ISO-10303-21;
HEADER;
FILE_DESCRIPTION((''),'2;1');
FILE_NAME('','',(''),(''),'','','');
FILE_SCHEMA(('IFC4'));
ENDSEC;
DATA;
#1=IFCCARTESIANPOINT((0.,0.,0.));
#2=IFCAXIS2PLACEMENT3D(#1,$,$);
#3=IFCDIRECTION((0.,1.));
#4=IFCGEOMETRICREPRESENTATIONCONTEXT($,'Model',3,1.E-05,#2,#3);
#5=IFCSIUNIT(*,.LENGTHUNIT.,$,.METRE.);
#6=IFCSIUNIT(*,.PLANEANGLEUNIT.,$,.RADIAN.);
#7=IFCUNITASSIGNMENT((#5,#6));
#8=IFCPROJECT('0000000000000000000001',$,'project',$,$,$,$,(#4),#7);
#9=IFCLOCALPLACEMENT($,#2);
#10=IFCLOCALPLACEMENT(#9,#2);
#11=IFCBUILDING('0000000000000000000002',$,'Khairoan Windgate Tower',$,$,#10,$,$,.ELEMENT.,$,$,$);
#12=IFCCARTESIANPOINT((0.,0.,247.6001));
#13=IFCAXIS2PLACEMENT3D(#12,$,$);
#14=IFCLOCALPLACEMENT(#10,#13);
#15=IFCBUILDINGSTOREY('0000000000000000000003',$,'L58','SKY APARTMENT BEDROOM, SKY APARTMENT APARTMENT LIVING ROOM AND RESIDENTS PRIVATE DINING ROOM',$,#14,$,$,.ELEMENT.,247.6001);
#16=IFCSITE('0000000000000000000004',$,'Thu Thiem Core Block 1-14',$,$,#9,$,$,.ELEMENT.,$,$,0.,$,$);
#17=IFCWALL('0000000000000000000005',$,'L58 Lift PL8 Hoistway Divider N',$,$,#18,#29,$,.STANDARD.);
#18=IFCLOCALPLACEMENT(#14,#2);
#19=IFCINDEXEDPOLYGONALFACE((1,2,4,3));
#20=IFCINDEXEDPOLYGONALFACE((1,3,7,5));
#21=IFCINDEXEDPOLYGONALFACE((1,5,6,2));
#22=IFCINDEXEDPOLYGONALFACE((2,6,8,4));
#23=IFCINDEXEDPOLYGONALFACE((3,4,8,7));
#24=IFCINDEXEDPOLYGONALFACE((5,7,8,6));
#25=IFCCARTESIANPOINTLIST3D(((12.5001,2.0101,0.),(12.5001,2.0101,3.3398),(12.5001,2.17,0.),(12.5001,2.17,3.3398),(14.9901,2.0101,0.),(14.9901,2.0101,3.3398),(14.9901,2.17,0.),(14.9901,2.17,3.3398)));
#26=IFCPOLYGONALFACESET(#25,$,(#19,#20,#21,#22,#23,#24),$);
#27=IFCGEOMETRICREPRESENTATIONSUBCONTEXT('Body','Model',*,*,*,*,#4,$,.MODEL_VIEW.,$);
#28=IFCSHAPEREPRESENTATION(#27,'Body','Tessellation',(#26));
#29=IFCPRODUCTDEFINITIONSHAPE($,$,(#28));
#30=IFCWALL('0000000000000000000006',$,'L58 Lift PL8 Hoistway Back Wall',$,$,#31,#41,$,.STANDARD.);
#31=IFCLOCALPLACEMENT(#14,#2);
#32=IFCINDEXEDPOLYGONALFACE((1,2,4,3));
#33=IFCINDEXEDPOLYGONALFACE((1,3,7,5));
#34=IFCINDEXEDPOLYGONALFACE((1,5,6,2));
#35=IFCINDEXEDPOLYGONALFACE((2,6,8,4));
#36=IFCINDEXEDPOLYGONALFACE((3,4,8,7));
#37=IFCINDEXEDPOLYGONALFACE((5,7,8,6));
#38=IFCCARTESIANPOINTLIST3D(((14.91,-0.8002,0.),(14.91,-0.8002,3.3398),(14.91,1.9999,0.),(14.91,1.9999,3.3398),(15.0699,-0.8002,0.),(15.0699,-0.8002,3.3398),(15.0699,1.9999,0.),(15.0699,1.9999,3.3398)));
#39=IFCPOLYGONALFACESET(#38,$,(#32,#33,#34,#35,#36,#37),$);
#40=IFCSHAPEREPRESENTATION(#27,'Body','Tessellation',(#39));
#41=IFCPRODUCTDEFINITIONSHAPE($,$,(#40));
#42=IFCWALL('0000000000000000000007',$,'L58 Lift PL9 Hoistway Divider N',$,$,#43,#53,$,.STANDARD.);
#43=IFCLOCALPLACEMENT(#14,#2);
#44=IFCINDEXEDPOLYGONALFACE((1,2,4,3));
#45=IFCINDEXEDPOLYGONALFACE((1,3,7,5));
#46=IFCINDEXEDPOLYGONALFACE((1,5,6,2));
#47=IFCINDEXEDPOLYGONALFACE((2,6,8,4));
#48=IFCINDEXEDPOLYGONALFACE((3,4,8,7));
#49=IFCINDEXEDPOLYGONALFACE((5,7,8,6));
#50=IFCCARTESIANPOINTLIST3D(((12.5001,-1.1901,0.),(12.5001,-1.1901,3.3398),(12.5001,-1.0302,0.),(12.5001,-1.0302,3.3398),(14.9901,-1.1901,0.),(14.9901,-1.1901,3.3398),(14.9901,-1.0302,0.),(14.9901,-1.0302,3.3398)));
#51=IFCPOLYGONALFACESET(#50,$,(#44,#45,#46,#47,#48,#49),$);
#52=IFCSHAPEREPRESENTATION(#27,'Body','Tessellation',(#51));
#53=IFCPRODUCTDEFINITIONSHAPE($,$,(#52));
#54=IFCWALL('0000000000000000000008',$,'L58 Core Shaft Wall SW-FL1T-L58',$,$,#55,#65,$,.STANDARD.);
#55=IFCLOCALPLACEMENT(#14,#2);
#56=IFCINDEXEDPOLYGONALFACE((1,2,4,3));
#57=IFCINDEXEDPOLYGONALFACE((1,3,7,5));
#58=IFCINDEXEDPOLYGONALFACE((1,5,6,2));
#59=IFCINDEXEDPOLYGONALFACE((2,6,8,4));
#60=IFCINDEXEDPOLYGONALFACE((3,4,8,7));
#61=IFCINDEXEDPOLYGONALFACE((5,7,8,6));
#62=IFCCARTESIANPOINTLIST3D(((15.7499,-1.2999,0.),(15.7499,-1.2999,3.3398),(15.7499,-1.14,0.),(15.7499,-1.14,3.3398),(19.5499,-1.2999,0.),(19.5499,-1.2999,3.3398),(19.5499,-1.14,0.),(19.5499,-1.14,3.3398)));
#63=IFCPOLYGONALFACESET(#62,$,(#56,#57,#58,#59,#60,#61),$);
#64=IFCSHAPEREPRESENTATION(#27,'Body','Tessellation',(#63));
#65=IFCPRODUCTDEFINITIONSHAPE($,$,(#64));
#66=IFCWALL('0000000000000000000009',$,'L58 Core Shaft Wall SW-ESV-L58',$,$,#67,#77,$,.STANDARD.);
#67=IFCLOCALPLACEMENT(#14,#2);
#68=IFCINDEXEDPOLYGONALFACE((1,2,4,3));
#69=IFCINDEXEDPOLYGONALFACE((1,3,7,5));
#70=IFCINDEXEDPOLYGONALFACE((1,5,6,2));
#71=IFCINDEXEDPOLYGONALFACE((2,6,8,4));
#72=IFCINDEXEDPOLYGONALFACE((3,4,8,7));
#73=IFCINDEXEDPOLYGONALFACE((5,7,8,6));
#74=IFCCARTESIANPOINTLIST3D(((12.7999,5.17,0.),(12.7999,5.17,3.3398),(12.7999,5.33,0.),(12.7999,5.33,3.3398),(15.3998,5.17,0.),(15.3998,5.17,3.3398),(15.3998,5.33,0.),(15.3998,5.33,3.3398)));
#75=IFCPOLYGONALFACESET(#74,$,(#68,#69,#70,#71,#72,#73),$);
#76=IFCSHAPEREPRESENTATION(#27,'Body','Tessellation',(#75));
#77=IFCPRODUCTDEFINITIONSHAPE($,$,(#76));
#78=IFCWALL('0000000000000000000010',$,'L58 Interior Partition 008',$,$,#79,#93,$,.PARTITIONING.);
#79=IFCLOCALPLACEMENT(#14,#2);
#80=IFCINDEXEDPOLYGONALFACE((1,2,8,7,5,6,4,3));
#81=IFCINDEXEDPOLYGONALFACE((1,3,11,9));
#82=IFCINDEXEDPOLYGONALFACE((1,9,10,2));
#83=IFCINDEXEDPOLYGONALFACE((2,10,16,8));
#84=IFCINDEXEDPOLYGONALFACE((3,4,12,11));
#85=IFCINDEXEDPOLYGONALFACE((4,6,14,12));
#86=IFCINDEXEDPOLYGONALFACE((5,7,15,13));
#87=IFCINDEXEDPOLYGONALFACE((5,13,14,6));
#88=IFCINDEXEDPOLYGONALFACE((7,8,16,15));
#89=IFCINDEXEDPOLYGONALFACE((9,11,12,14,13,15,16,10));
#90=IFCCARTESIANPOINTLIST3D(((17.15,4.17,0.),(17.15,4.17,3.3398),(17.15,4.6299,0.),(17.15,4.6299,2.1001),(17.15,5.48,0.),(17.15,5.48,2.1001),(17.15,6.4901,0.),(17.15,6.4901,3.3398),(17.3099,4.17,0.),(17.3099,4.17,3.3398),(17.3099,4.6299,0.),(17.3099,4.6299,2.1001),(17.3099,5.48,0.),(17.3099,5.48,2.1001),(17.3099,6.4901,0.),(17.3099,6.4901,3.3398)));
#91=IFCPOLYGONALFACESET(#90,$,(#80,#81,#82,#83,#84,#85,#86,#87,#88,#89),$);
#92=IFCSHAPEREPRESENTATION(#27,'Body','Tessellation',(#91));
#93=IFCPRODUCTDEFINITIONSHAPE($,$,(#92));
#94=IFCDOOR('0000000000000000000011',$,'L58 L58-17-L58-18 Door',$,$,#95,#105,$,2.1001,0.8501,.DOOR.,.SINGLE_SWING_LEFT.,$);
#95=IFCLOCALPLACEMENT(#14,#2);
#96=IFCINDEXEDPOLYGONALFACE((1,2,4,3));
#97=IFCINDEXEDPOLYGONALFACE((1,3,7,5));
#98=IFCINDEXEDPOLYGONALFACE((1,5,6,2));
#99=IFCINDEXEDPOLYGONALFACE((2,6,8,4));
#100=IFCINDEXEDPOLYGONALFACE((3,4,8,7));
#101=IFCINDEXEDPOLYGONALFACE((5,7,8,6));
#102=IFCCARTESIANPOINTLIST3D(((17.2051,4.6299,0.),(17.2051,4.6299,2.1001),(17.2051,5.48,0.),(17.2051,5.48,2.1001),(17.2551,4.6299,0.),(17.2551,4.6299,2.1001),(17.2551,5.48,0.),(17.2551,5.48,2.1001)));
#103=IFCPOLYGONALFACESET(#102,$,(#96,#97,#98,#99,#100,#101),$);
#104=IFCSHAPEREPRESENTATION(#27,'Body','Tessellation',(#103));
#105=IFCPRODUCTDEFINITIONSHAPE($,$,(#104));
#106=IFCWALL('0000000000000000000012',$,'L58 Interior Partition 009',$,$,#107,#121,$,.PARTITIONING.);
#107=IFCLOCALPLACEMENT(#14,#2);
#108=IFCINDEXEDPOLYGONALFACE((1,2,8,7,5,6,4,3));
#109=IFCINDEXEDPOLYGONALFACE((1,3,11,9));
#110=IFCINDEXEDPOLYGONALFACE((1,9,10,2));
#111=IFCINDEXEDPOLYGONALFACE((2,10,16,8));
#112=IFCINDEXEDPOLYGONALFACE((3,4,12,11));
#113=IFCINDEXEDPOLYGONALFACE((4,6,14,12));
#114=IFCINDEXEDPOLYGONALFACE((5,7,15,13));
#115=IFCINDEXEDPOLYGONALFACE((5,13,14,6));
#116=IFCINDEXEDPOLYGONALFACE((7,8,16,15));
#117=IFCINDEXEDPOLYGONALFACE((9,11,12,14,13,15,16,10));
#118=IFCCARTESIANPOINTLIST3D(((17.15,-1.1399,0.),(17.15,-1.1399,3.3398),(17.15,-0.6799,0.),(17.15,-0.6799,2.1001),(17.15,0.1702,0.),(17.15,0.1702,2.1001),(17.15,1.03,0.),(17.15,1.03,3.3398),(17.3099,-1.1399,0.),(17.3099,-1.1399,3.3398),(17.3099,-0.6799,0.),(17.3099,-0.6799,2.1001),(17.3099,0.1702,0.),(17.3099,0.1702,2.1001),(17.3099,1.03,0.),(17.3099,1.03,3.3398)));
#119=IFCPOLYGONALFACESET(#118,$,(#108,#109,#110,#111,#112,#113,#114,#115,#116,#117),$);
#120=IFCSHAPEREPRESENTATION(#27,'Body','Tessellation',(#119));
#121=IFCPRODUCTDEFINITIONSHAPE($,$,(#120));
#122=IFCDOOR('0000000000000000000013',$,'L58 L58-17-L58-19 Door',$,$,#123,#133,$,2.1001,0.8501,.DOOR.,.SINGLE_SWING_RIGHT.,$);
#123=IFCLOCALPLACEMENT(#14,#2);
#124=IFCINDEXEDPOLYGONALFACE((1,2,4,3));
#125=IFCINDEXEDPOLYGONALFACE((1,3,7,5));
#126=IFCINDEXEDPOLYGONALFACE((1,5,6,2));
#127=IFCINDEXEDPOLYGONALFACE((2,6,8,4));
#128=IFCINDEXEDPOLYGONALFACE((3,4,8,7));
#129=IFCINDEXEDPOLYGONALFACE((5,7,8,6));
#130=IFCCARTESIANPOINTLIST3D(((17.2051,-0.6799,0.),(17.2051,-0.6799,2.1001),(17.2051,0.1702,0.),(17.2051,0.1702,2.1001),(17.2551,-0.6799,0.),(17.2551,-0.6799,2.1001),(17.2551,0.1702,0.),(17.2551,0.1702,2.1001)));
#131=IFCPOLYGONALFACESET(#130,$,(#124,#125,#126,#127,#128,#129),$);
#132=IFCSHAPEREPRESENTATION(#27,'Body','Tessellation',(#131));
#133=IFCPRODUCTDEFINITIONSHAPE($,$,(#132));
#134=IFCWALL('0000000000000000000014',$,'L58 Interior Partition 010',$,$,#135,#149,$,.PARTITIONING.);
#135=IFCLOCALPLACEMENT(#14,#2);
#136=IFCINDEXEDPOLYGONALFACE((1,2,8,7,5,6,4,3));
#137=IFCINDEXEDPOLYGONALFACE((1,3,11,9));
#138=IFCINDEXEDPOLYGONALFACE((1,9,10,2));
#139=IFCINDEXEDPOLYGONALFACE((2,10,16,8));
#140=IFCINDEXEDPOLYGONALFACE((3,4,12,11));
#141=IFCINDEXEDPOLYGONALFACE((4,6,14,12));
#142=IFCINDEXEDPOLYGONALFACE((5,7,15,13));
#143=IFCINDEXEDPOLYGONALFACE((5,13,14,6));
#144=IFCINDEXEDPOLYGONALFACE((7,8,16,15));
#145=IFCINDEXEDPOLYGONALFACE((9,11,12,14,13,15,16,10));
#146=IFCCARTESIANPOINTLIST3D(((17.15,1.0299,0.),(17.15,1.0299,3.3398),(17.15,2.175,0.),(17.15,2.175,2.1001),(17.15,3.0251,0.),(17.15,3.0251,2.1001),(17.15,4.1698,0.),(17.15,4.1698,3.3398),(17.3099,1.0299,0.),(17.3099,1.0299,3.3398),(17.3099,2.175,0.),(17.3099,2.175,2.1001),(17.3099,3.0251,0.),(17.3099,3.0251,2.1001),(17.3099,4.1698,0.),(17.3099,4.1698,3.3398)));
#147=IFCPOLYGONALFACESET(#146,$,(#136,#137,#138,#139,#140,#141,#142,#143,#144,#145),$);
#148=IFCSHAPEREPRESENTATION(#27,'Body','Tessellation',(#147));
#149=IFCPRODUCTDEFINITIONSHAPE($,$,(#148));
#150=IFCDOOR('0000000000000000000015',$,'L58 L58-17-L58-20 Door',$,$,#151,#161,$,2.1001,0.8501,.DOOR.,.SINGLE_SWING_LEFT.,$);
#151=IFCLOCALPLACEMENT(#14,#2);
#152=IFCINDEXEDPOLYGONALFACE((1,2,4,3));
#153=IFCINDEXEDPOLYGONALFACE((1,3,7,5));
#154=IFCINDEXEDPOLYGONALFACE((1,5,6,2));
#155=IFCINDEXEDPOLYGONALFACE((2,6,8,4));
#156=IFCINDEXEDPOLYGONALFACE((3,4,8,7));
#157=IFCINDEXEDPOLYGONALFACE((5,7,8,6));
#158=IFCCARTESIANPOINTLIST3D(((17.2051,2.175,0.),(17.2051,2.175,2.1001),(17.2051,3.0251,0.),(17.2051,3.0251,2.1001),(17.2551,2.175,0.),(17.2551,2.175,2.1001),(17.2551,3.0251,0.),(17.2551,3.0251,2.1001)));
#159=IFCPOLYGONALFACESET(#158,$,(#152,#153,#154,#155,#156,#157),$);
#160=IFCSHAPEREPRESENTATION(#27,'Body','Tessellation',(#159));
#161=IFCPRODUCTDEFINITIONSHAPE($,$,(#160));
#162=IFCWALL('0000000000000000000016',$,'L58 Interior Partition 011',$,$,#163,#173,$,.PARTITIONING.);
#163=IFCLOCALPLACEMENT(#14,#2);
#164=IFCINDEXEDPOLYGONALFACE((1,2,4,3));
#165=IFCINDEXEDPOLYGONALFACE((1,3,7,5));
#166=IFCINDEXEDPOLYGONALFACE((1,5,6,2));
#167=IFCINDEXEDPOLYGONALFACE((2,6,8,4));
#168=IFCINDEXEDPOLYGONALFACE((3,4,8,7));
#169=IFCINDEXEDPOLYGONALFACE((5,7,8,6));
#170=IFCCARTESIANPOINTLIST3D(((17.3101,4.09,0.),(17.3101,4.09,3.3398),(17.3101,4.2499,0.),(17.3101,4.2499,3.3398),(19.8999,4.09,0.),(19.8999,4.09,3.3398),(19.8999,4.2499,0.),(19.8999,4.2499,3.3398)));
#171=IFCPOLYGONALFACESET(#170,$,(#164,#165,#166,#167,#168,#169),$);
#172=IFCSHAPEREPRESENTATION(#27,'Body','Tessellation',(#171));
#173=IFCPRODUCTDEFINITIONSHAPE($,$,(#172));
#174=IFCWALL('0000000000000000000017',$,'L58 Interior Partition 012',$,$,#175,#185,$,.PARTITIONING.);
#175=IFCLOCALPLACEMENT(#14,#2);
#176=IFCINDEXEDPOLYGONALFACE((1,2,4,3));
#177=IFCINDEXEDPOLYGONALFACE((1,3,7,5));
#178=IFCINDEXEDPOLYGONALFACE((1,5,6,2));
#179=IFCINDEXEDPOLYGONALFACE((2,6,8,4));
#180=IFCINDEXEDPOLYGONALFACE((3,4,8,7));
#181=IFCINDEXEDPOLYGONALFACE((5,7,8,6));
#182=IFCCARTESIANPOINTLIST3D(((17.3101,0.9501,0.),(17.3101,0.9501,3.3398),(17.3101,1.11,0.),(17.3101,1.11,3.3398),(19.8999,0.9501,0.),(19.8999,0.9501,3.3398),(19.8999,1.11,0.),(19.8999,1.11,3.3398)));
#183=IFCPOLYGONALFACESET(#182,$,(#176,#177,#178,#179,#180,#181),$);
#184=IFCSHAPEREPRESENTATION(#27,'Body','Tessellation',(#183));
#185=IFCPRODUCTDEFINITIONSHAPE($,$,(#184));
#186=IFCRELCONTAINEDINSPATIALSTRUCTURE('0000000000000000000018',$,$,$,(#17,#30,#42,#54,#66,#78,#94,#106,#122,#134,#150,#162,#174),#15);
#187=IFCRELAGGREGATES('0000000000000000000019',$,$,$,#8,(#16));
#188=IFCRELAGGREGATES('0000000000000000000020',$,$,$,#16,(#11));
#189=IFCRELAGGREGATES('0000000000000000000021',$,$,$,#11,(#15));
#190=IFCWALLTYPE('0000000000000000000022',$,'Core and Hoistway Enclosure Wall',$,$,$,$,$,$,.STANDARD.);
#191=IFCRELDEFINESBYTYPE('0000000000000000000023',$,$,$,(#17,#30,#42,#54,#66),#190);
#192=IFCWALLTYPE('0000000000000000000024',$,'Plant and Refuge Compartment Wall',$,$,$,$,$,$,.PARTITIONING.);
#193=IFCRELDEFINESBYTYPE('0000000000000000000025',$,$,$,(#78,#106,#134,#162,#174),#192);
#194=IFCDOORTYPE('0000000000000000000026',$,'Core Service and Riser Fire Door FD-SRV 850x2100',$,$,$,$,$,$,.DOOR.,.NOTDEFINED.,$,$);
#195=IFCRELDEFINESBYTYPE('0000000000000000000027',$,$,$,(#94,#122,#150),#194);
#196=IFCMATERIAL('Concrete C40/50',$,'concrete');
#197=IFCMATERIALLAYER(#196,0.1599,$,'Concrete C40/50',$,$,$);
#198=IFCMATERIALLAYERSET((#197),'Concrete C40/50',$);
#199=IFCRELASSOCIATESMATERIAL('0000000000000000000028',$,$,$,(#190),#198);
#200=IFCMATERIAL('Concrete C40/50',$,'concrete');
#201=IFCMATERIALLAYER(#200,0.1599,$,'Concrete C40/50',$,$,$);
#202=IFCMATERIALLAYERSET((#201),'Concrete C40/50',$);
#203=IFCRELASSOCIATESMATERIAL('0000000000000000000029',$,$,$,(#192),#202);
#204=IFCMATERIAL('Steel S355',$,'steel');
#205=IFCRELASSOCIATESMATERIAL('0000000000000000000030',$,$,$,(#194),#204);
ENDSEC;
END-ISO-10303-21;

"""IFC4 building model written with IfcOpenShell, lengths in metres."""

from ifc_helpers import new_model, si_unit, direction, frame, frame_2d, origin, place, context, subcontext, project, spatial, rectangle, extrude, material, layer, layer_set, type_object, element, fill, save


model = new_model("IFC4")

# Units and contexts
model_context = context("Model", 3, precision=1e-05, world=origin(), true_north=direction((0.0, 1.0)))
body_context = subcontext(model_context, "Body", "Model", "MODEL_VIEW")
ifc_project = project(units=[si_unit("LENGTHUNIT", "METRE"), si_unit("PLANEANGLEUNIT", "RADIAN")], contexts=[model_context])

# Site, building, storey
site_placement = place(None, origin())
site = spatial("IfcSite", under=ifc_project, at=site_placement, Name="Thu Thiem Core Block 1-14", CompositionType="ELEMENT", RefElevation=0.0)
building_placement = place(site_placement, origin())
building = spatial("IfcBuilding", under=site, at=building_placement, Name="Khairoan Windgate Tower", CompositionType="ELEMENT")
storey_placement = place(building_placement, frame((0.0, 0.0, 247.6001)))
storey = spatial("IfcBuildingStorey", under=building, at=storey_placement, Name="L58", Description="SKY APARTMENT BEDROOM, SKY APARTMENT APARTMENT LIVING ROOM AND RESIDENTS PRIVATE DINING ROOM", CompositionType="ELEMENT", Elevation=247.6001)

# Walls
ifc_material_1 = material(Name="Concrete C40/50", Category="concrete")
ifc_layer_1 = layer(ifc_material_1, 0.1599, Name="Concrete C40/50")
ifc_layer_set_1 = layer_set([ifc_layer_1], Name="Concrete C40/50")
wall_type_1 = type_object("IfcWallType", Name="Core and Hoistway Enclosure Wall", PredefinedType="STANDARD", material=ifc_layer_set_1)
for number, where, z_axis, x_axis, name in (
    (1, (12.5, 2.0901, 0.0), (0.0, 0.0, 1.0), (1.0, 0.0, 0.0), "L58 Lift PL8 Hoistway Divider N"),
):
    element("IfcWall", number, at=place(storey_placement, frame(where, z_axis=z_axis, x_axis=x_axis)), inside=storey, type_object=wall_type_1, Name=name, PredefinedType="STANDARD", context=body_context, shape_type="SweptSolid", body=[
        extrude(rectangle(XDim=2.49, YDim=0.1599, at=frame_2d((1.2451, 0.0))), origin(), (0.0, 0.0, 1.0), 3.3398),
    ])
wall_1_placement = place(storey_placement, frame((14.99, -0.8, 0.0), z_axis=(0.0, 0.0, 1.0), x_axis=(0.0, 1.0, 0.0)))
element("IfcWall", 2, at=wall_1_placement, inside=storey, type_object=wall_type_1, Name="L58 Lift PL8 Hoistway Back Wall", PredefinedType="STANDARD", context=body_context, shape_type="SweptSolid", body=[
    extrude(rectangle(XDim=2.8, YDim=0.1599, at=frame_2d((1.3999, 0.0))), origin(), (0.0, 0.0, 1.0), 3.3398),
])
wall_2_placement = place(storey_placement, frame((12.5, -1.1101, 0.0), z_axis=(0.0, 0.0, 1.0), x_axis=(1.0, 0.0, 0.0)))
element("IfcWall", 3, at=wall_2_placement, inside=storey, type_object=wall_type_1, Name="L58 Lift PL9 Hoistway Divider N", PredefinedType="STANDARD", context=body_context, shape_type="SweptSolid", body=[
    extrude(rectangle(XDim=2.49, YDim=0.1599, at=frame_2d((1.2451, 0.0))), origin(), (0.0, 0.0, 1.0), 3.3398),
])
wall_3_placement = place(storey_placement, frame((15.75, -1.22, 0.0), z_axis=(0.0, 0.0, 1.0), x_axis=(1.0, 0.0, 0.0)))
element("IfcWall", 4, at=wall_3_placement, inside=storey, type_object=wall_type_1, Name="L58 Core Shaft Wall SW-FL1T-L58", PredefinedType="STANDARD", context=body_context, shape_type="SweptSolid", body=[
    extrude(rectangle(XDim=3.8, YDim=0.1599, at=frame_2d((1.8999, 0.0))), origin(), (0.0, 0.0, 1.0), 3.3398),
])
wall_4_placement = place(storey_placement, frame((12.8, 5.25, 0.0), z_axis=(0.0, 0.0, 1.0), x_axis=(1.0, 0.0, 0.0)))
element("IfcWall", 5, at=wall_4_placement, inside=storey, type_object=wall_type_1, Name="L58 Core Shaft Wall SW-ESV-L58", PredefinedType="STANDARD", context=body_context, shape_type="SweptSolid", body=[
    extrude(rectangle(XDim=2.5999, YDim=0.1599, at=frame_2d((1.2998, 0.0))), origin(), (0.0, 0.0, 1.0), 3.3398),
])

# Walls, openings, doors
ifc_material_2 = material(Name="Concrete C40/50", Category="concrete")
ifc_layer_2 = layer(ifc_material_2, 0.1599, Name="Concrete C40/50")
ifc_layer_set_2 = layer_set([ifc_layer_2], Name="Concrete C40/50")
wall_type_2 = type_object("IfcWallType", Name="Plant and Refuge Compartment Wall", PredefinedType="PARTITIONING", material=ifc_layer_set_2)
wall_5_placement = place(storey_placement, frame((17.23, 4.1699, 0.0), z_axis=(0.0, 0.0, 1.0), x_axis=(0.0, 1.0, 0.0)))
wall_5 = element("IfcWall", 6, at=wall_5_placement, inside=storey, type_object=wall_type_2, Name="L58 Interior Partition 008", PredefinedType="PARTITIONING", context=body_context, shape_type="SweptSolid", body=[
    extrude(rectangle(XDim=2.3201, YDim=0.1599, at=frame_2d((1.1602, 0.0))), origin(), (0.0, 0.0, 1.0), 3.3398),
])
opening_1_placement = place(wall_5_placement, frame((0.46, 0.0, 0.0)))
opening_1 = element("IfcOpeningElement", 7, at=opening_1_placement, cuts=wall_5, PredefinedType="OPENING", context=body_context, shape_type="SweptSolid", body=[
    extrude(rectangle(XDim=0.8501, YDim=2.1001, at=frame_2d((0.425, 1.05))), frame((0.0, 0.0898, 0.0), z_axis=(0.0, -1.0, 0.0), x_axis=(1.0, 0.0, 0.0)), (0.0, 0.0, 1.0), 0.1799),
])
ifc_material_3 = material(Name="Steel S355", Category="steel")
door_type_1 = type_object("IfcDoorType", Name="Core Service and Riser Fire Door FD-SRV 850x2100", OperationType="NOTDEFINED", PredefinedType="DOOR", material=ifc_material_3)
door_1_placement = place(opening_1_placement, origin())
door_1 = element("IfcDoor", 8, at=door_1_placement, inside=storey, type_object=door_type_1, Name="L58 L58-17-L58-18 Door", OperationType="SINGLE_SWING_LEFT", OverallHeight=2.1001, OverallWidth=0.8501, PredefinedType="DOOR", context=body_context, shape_type="SweptSolid", body=[
    extrude(rectangle(XDim=0.8501, YDim=2.1001, at=frame_2d((0.425, 1.05))), frame((0.0, 0.0249, 0.0), z_axis=(0.0, -1.0, 0.0), x_axis=(1.0, 0.0, 0.0)), (0.0, 0.0, 1.0), 0.05),
])
fill(opening_1, door_1)
wall_6_placement = place(storey_placement, frame((17.23, -1.1399, 0.0), z_axis=(0.0, 0.0, 1.0), x_axis=(0.0, 1.0, 0.0)))
wall_6 = element("IfcWall", 9, at=wall_6_placement, inside=storey, type_object=wall_type_2, Name="L58 Interior Partition 009", PredefinedType="PARTITIONING", context=body_context, shape_type="SweptSolid", body=[
    extrude(rectangle(XDim=2.1699, YDim=0.1599, at=frame_2d((1.085, 0.0))), origin(), (0.0, 0.0, 1.0), 3.3398),
])
opening_2_placement = place(wall_6_placement, frame((0.46, 0.0, 0.0)))
opening_2 = element("IfcOpeningElement", 10, at=opening_2_placement, cuts=wall_6, PredefinedType="OPENING", context=body_context, shape_type="SweptSolid", body=[
    extrude(rectangle(XDim=0.8501, YDim=2.1001, at=frame_2d((0.425, 1.05))), frame((0.0, 0.0898, 0.0), z_axis=(0.0, -1.0, 0.0), x_axis=(1.0, 0.0, 0.0)), (0.0, 0.0, 1.0), 0.1799),
])
door_2_placement = place(opening_2_placement, origin())
door_2 = element("IfcDoor", 11, at=door_2_placement, inside=storey, type_object=door_type_1, Name="L58 L58-17-L58-19 Door", OperationType="SINGLE_SWING_RIGHT", OverallHeight=2.1001, OverallWidth=0.8501, PredefinedType="DOOR", context=body_context, shape_type="SweptSolid", body=[
    extrude(rectangle(XDim=0.8501, YDim=2.1001, at=frame_2d((0.425, 1.05))), frame((0.0, 0.0249, 0.0), z_axis=(0.0, -1.0, 0.0), x_axis=(1.0, 0.0, 0.0)), (0.0, 0.0, 1.0), 0.05),
])
fill(opening_2, door_2)
wall_7_placement = place(storey_placement, frame((17.23, 1.03, 0.0), z_axis=(0.0, 0.0, 1.0), x_axis=(0.0, 1.0, 0.0)))
wall_7 = element("IfcWall", 12, at=wall_7_placement, inside=storey, type_object=wall_type_2, Name="L58 Interior Partition 010", PredefinedType="PARTITIONING", context=body_context, shape_type="SweptSolid", body=[
    extrude(rectangle(XDim=3.1399, YDim=0.1599, at=frame_2d((1.5698, 0.0))), origin(), (0.0, 0.0, 1.0), 3.3398),
])
opening_3_placement = place(wall_7_placement, frame((1.145, 0.0, 0.0)))
opening_3 = element("IfcOpeningElement", 13, at=opening_3_placement, cuts=wall_7, PredefinedType="OPENING", context=body_context, shape_type="SweptSolid", body=[
    extrude(rectangle(XDim=0.8501, YDim=2.1001, at=frame_2d((0.425, 1.05))), frame((0.0, 0.0898, 0.0), z_axis=(0.0, -1.0, 0.0), x_axis=(1.0, 0.0, 0.0)), (0.0, 0.0, 1.0), 0.1799),
])
door_3_placement = place(opening_3_placement, origin())
door_3 = element("IfcDoor", 14, at=door_3_placement, inside=storey, type_object=door_type_1, Name="L58 L58-17-L58-20 Door", OperationType="SINGLE_SWING_LEFT", OverallHeight=2.1001, OverallWidth=0.8501, PredefinedType="DOOR", context=body_context, shape_type="SweptSolid", body=[
    extrude(rectangle(XDim=0.8501, YDim=2.1001, at=frame_2d((0.425, 1.05))), frame((0.0, 0.0249, 0.0), z_axis=(0.0, -1.0, 0.0), x_axis=(1.0, 0.0, 0.0)), (0.0, 0.0, 1.0), 0.05),
])
fill(opening_3, door_3)

# Walls
for number, where, z_axis, x_axis, name in (
    (15, (17.3101, 4.1699, 0.0), (0.0, 0.0, 1.0), (1.0, 0.0, 0.0), "L58 Interior Partition 011"),
    (16, (17.3101, 1.03, 0.0), (0.0, 0.0, 1.0), (1.0, 0.0, 0.0), "L58 Interior Partition 012"),
):
    element("IfcWall", number, at=place(storey_placement, frame(where, z_axis=z_axis, x_axis=x_axis)), inside=storey, type_object=wall_type_2, Name=name, PredefinedType="PARTITIONING", context=body_context, shape_type="SweptSolid", body=[
        extrude(rectangle(XDim=2.5898, YDim=0.1599, at=frame_2d((1.2949, 0.0))), origin(), (0.0, 0.0, 1.0), 3.3398),
    ])

save(model, "model.ifc")
